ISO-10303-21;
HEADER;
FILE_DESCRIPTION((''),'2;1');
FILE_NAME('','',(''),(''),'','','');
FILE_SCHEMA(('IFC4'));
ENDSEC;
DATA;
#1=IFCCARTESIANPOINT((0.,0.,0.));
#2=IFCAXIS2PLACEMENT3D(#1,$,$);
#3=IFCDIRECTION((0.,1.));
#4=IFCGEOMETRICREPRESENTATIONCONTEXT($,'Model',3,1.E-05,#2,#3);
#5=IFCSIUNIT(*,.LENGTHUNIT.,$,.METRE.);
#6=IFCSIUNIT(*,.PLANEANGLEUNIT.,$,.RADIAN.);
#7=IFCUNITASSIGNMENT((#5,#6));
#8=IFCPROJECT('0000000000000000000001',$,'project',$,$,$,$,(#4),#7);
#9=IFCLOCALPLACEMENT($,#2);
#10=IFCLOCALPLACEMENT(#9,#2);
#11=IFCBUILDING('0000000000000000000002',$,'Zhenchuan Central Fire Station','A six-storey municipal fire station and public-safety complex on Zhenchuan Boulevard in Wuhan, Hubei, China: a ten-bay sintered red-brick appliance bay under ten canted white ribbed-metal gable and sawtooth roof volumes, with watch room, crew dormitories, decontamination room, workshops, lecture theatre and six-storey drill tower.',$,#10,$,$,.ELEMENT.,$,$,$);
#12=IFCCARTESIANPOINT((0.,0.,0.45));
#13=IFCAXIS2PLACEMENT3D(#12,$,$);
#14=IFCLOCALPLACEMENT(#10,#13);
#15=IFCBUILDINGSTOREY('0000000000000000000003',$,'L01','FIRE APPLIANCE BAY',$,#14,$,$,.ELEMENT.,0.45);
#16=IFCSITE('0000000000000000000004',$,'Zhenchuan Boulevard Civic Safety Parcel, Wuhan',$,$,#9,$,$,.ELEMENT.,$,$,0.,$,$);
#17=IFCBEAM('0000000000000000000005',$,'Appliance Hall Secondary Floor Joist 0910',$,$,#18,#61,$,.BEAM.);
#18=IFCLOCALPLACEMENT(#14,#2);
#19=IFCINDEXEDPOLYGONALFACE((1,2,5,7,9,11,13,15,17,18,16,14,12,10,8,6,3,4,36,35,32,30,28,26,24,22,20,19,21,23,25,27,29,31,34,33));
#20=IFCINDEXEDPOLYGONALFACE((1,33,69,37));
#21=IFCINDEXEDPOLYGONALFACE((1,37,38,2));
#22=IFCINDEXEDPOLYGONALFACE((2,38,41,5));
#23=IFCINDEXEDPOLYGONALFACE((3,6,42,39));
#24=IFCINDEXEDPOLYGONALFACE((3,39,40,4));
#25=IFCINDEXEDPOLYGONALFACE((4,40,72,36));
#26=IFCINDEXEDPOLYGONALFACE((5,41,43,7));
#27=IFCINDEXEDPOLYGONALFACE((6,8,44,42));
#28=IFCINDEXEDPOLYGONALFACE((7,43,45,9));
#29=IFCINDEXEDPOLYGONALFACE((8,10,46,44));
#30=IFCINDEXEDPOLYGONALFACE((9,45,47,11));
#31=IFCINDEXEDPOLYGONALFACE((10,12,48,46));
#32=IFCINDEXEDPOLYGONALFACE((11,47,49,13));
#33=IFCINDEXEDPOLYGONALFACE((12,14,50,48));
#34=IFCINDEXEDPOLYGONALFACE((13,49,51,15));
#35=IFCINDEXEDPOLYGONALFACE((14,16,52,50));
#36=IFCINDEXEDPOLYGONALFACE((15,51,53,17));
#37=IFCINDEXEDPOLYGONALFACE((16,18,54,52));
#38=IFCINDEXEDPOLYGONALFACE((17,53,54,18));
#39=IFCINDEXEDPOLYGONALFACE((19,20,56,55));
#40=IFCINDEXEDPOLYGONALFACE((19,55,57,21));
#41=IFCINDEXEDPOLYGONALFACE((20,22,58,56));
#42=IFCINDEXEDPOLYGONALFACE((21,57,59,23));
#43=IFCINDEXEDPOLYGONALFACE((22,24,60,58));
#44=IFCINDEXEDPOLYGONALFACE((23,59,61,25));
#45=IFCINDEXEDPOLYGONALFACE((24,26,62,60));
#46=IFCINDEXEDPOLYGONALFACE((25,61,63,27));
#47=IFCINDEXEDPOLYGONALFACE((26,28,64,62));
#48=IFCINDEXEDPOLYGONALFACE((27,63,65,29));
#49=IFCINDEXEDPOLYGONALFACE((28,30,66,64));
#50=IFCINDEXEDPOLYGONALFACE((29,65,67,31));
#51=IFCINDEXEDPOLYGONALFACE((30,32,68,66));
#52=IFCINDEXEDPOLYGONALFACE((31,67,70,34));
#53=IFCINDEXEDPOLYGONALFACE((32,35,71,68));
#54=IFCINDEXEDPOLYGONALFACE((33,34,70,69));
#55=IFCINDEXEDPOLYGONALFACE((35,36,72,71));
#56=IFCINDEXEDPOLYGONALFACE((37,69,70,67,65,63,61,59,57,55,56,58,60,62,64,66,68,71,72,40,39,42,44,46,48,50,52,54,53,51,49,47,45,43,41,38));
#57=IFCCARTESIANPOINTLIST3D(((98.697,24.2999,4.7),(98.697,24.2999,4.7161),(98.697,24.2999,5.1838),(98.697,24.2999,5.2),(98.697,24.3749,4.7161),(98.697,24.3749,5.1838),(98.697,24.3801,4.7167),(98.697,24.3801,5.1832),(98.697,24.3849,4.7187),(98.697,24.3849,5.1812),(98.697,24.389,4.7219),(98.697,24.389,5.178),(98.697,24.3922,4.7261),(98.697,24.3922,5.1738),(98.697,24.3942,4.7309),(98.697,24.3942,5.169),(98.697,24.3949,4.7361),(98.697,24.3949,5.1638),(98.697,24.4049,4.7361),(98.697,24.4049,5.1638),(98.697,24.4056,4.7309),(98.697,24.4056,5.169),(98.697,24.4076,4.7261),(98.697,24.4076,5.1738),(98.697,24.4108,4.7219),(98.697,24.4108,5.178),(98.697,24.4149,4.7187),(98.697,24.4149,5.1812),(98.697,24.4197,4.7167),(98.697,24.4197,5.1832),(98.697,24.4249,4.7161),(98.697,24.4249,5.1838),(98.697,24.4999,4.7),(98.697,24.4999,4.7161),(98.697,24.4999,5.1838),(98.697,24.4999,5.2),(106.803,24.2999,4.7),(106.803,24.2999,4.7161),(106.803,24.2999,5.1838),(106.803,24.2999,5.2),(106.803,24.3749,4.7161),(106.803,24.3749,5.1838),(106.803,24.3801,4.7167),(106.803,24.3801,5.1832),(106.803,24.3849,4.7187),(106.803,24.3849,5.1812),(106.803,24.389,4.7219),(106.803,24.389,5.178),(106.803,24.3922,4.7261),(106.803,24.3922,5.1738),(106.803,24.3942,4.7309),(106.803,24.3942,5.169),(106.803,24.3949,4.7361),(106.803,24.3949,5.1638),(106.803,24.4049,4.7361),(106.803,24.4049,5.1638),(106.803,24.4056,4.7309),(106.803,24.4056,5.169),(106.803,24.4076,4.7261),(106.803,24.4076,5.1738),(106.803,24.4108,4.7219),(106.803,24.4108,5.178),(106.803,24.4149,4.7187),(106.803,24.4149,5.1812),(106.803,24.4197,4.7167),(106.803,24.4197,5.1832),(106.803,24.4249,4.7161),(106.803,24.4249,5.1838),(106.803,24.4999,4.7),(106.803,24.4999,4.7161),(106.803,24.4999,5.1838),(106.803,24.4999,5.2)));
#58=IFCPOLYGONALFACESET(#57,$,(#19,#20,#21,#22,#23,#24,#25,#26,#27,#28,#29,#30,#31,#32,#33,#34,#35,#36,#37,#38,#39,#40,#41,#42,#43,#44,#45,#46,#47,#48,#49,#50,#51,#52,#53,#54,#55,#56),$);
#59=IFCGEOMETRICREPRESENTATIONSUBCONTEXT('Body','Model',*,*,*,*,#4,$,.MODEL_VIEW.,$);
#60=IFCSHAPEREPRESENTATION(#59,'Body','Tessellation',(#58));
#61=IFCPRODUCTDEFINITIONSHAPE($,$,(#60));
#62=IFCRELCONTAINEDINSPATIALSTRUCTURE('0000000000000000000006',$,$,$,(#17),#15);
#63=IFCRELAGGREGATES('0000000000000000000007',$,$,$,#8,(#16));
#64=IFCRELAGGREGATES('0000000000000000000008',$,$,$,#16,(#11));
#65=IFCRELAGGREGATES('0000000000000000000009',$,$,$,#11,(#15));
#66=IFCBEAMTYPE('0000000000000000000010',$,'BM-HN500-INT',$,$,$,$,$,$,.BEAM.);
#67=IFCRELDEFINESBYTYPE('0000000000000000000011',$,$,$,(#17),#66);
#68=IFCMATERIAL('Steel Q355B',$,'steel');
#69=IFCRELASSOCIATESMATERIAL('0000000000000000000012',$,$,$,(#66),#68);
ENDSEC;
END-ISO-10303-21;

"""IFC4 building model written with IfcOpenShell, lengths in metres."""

from ifc_helpers import new_model, si_unit, direction, frame, origin, origin_2d, place, context, subcontext, project, spatial, i_section, extrude, material, material_profile, profile_set, type_object, element, save


model = new_model("IFC4")

# Units and contexts
model_context = context("Model", 3, precision=1e-05, world=origin(), true_north=direction((0.0, 1.0)))
body_context = subcontext(model_context, "Body", "Model", "MODEL_VIEW")
ifc_project = project(units=[si_unit("LENGTHUNIT", "METRE"), si_unit("PLANEANGLEUNIT", "RADIAN")], contexts=[model_context])

# Site, building, storey
site_placement = place(None, origin())
site = spatial("IfcSite", under=ifc_project, at=site_placement, Name="Zhenchuan Boulevard Civic Safety Parcel, Wuhan", CompositionType="ELEMENT", RefElevation=0.0)
building_placement = place(site_placement, origin())
building = spatial("IfcBuilding", under=site, at=building_placement, Name="Zhenchuan Central Fire Station", Description="A six-storey municipal fire station and public-safety complex on Zhenchuan Boulevard in Wuhan, Hubei, China: a ten-bay sintered red-brick appliance bay under ten canted white ribbed-metal gable and sawtooth roof volumes, with watch room, crew dormitories, decontamination room, workshops, lecture theatre and six-storey drill tower.", CompositionType="ELEMENT")
storey_placement = place(building_placement, frame((0.0, 0.0, 0.45)))
storey = spatial("IfcBuildingStorey", under=building, at=storey_placement, Name="L01", Description="FIRE APPLIANCE BAY", CompositionType="ELEMENT", Elevation=0.45)

# Beam
ifc_material = material(Name="Steel Q355B", Category="steel")
ifc_material_profile_1 = material_profile(ifc_material, i_section(OverallWidth=0.2, OverallDepth=0.5, WebThickness=0.01, FlangeThickness=0.0161, FilletRadius=0.02, at=origin_2d()), Name="HN 500x200")
ifc_profile_set_1 = profile_set([ifc_material_profile_1], Name="Steel Q355B")
beam_type_1 = type_object("IfcBeamType", Name="BM-HN500-INT", PredefinedType="BEAM", material=ifc_profile_set_1)
for number, where, z_axis, x_axis, name in (
    (1, (98.697, 24.3999, 4.95), (1.0, 0.0, 0.0), (0.0, 1.0, 0.0), "Appliance Hall Secondary Floor Joist 0910"),
):
    element("IfcBeam", number, at=place(storey_placement, frame(where, z_axis=z_axis, x_axis=x_axis)), inside=storey, type_object=beam_type_1, Name=name, PredefinedType="BEAM", context=body_context, shape_type="SweptSolid", body=[
        extrude(i_section(OverallWidth=0.2, OverallDepth=0.5, WebThickness=0.01, FlangeThickness=0.0161, FilletRadius=0.02, at=origin_2d()), origin(), (0.0, 0.0, 1.0), 8.106),
    ])

save(model, "model.ifc")
